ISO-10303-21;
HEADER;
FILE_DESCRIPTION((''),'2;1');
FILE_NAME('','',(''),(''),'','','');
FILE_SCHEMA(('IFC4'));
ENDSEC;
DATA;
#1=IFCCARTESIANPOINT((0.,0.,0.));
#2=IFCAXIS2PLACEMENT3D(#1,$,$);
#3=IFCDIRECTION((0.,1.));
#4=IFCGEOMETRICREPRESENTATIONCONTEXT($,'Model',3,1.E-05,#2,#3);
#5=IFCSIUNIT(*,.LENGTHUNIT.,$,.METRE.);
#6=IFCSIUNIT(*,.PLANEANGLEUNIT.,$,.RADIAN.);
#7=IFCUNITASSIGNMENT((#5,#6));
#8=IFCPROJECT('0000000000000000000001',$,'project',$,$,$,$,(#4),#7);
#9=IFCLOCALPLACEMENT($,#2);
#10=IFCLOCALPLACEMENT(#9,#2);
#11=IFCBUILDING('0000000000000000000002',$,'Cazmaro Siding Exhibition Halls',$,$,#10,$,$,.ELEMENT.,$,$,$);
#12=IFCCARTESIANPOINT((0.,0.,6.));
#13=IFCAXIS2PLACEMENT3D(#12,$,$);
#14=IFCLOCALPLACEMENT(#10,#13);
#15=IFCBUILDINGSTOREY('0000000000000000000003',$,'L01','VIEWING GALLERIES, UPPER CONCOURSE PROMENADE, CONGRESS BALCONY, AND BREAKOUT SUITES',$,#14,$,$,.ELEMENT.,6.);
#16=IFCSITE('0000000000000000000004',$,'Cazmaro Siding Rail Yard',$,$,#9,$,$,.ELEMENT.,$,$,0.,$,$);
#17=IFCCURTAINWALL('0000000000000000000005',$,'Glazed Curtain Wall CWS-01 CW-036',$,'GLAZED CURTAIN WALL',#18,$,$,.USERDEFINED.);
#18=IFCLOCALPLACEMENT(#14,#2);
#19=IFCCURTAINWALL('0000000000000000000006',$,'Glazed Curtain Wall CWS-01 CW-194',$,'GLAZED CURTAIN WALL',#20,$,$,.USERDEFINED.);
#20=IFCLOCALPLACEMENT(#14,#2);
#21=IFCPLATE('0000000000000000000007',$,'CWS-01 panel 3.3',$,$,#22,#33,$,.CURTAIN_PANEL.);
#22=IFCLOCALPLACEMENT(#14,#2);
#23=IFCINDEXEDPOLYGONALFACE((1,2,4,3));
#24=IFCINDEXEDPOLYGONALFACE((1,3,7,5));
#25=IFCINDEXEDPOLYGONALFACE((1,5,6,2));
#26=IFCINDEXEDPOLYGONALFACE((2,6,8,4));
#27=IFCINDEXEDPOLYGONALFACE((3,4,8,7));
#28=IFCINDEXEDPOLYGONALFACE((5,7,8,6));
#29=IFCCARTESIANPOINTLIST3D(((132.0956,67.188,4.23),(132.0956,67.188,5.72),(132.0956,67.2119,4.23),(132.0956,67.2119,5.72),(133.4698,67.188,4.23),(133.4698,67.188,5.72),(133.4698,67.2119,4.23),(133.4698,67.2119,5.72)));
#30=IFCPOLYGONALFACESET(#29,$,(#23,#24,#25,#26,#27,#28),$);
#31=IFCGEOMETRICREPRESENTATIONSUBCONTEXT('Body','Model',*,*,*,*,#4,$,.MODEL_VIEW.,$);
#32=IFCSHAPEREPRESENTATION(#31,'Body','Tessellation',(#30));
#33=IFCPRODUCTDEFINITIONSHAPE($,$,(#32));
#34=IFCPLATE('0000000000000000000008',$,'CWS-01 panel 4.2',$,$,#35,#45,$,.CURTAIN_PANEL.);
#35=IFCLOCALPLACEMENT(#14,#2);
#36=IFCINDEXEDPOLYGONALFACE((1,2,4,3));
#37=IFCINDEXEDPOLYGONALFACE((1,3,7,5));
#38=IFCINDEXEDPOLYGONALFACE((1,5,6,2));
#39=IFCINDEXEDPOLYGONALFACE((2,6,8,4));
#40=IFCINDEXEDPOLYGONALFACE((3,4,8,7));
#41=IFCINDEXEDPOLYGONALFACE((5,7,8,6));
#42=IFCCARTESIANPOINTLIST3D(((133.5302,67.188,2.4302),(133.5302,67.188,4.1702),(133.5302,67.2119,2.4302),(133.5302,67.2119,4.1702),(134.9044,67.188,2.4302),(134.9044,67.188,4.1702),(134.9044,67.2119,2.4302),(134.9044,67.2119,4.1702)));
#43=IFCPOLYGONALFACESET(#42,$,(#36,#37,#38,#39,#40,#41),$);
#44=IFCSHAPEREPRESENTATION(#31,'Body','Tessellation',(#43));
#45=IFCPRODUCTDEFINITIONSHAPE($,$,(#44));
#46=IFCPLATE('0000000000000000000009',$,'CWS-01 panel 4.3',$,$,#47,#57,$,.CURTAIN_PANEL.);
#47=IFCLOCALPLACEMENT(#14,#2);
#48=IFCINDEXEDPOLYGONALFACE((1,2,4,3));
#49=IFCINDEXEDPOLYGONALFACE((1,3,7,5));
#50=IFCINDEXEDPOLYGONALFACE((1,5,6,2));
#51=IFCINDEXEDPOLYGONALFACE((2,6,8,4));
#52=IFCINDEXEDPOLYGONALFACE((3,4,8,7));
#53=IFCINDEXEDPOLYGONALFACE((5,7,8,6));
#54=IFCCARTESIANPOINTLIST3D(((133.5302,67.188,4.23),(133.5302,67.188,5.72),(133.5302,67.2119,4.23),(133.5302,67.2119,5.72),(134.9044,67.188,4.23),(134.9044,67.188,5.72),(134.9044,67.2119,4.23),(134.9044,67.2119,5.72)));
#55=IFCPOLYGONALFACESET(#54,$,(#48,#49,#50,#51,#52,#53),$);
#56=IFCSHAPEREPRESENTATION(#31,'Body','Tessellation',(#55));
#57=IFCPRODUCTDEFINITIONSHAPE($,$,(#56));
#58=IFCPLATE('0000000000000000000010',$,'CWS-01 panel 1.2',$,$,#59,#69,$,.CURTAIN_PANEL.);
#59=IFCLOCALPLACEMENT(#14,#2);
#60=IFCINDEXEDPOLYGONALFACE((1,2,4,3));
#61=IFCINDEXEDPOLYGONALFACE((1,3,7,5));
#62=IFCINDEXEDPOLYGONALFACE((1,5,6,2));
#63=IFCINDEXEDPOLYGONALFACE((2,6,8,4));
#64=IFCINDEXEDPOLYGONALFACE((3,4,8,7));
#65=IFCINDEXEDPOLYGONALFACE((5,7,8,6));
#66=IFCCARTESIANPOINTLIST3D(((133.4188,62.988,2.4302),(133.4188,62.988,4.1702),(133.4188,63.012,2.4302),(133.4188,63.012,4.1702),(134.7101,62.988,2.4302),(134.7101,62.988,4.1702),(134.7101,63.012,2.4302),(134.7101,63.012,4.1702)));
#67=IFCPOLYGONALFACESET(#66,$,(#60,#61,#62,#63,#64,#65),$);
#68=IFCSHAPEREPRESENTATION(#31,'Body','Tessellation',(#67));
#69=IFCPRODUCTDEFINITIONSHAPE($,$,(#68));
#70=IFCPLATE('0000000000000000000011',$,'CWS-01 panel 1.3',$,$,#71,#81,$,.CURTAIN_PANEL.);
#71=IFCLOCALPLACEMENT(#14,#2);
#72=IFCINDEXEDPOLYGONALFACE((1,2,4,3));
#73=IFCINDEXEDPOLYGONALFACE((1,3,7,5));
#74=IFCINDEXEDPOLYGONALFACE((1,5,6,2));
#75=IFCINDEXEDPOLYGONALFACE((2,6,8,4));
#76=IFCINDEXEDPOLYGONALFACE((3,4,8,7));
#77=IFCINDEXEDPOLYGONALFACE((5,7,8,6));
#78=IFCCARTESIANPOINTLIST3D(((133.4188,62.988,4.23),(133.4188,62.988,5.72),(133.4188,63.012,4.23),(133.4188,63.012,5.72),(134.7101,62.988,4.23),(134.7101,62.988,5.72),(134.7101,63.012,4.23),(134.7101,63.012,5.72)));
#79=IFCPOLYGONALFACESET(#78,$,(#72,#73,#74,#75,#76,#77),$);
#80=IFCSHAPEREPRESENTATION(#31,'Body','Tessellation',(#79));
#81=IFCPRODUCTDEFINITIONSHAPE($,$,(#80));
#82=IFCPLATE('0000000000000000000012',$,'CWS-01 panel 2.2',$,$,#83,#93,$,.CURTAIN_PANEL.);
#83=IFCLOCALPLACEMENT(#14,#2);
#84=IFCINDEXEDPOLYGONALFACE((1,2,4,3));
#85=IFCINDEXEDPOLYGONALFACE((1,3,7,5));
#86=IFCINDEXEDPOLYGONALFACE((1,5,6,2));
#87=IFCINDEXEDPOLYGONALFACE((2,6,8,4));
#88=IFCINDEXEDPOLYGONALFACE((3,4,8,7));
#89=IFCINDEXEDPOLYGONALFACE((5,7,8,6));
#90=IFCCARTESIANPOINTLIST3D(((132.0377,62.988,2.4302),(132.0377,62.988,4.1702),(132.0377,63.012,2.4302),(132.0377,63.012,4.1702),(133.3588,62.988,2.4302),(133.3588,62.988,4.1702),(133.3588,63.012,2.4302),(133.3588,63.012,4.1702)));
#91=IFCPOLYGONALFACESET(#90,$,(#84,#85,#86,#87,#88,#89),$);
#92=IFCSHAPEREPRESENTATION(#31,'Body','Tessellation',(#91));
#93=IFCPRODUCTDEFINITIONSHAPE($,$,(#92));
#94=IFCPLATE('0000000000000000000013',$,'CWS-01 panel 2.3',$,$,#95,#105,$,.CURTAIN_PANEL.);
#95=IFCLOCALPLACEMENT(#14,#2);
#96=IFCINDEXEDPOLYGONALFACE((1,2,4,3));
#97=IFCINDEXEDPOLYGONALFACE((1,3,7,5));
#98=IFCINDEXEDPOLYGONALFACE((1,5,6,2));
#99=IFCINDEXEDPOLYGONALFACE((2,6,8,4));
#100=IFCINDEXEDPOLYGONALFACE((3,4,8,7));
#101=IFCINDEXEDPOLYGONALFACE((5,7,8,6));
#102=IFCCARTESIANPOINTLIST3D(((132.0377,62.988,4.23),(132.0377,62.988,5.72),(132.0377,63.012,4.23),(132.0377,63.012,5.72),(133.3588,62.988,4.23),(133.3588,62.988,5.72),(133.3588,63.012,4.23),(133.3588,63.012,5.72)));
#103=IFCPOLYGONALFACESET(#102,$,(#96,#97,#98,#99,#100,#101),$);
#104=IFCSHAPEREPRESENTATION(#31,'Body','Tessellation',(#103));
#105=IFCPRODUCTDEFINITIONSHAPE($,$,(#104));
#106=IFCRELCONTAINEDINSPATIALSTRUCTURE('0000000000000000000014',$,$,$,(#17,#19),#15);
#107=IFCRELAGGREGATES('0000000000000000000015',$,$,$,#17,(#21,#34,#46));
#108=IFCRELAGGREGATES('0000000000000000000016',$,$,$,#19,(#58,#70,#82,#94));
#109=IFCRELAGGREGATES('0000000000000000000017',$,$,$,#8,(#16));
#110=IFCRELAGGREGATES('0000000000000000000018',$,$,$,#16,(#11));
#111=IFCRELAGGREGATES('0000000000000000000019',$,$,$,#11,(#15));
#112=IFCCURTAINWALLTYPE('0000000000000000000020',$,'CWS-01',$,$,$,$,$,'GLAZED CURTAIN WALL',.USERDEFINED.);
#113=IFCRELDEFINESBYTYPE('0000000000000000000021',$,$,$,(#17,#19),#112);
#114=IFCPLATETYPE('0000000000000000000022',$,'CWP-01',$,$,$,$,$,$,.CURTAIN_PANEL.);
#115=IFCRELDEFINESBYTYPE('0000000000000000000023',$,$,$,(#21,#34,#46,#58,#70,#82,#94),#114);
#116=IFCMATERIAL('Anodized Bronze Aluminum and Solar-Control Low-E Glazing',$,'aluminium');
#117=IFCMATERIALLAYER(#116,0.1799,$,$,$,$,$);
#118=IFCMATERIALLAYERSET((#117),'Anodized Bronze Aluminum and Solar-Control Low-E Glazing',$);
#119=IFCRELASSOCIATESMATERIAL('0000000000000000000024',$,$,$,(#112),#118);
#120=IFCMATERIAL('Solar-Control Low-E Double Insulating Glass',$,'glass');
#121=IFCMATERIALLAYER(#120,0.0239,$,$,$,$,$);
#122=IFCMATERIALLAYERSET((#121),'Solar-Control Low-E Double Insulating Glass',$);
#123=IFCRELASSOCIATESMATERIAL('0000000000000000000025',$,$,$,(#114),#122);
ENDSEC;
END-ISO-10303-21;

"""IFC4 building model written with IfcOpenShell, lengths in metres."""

from ifc_helpers import new_model, si_unit, direction, frame, origin, origin_2d, place, context, subcontext, project, spatial, rectangle, extrude, material, layer, layer_set, type_object, element, aggregate, save


model = new_model("IFC4")

# Units and contexts
model_context = context("Model", 3, precision=1e-05, world=origin(), true_north=direction((0.0, 1.0)))
body_context = subcontext(model_context, "Body", "Model", "MODEL_VIEW")
ifc_project = project(units=[si_unit("LENGTHUNIT", "METRE"), si_unit("PLANEANGLEUNIT", "RADIAN")], contexts=[model_context])

# Site, building, storey
site_placement = place(None, origin())
site = spatial("IfcSite", under=ifc_project, at=site_placement, Name="Cazmaro Siding Rail Yard", CompositionType="ELEMENT", RefElevation=0.0)
building_placement = place(site_placement, origin())
building = spatial("IfcBuilding", under=site, at=building_placement, Name="Cazmaro Siding Exhibition Halls", CompositionType="ELEMENT")
storey_placement = place(building_placement, frame((0.0, 0.0, 6.0)))
storey = spatial("IfcBuildingStorey", under=building, at=storey_placement, Name="L01", Description="VIEWING GALLERIES, UPPER CONCOURSE PROMENADE, CONGRESS BALCONY, AND BREAKOUT SUITES", CompositionType="ELEMENT", Elevation=6.0)

# Curtain walls
ifc_material_1 = material(Name="Anodized Bronze Aluminum and Solar-Control Low-E Glazing", Category="aluminium")
ifc_layer_1 = layer(ifc_material_1, 0.1799)
ifc_layer_set_1 = layer_set([ifc_layer_1], Name="Anodized Bronze Aluminum and Solar-Control Low-E Glazing")
curtain_wall_type = type_object("IfcCurtainWallType", Name="CWS-01", ElementType="GLAZED CURTAIN WALL", PredefinedType="USERDEFINED", material=ifc_layer_set_1)
curtain_wall_1_placement = place(storey_placement, origin())
curtain_wall_1 = element("IfcCurtainWall", 1, at=curtain_wall_1_placement, inside=storey, type_object=curtain_wall_type, Name="Glazed Curtain Wall CWS-01 CW-036", ObjectType="GLAZED CURTAIN WALL", PredefinedType="USERDEFINED")
curtain_wall_2_placement = place(storey_placement, origin())
curtain_wall_2 = element("IfcCurtainWall", 2, at=curtain_wall_2_placement, inside=storey, type_object=curtain_wall_type, Name="Glazed Curtain Wall CWS-01 CW-194", ObjectType="GLAZED CURTAIN WALL", PredefinedType="USERDEFINED")

# Plates
ifc_material_2 = material(Name="Solar-Control Low-E Double Insulating Glass", Category="glass")
ifc_layer_2 = layer(ifc_material_2, 0.0239)
ifc_layer_set_2 = layer_set([ifc_layer_2], Name="Solar-Control Low-E Double Insulating Glass")
plate_type = type_object("IfcPlateType", Name="CWP-01", PredefinedType="CURTAIN_PANEL", material=ifc_layer_set_2)
plate_1_placement = place(storey_placement, frame((132.7827, 67.2, 4.23), z_axis=(0.0, 0.0, 1.0), x_axis=(1.0, 0.0, 0.0)))
plate_1 = element("IfcPlate", 3, at=plate_1_placement, type_object=plate_type, Name="CWS-01 panel 3.3", PredefinedType="CURTAIN_PANEL", context=body_context, shape_type="SweptSolid", body=[
    extrude(rectangle(XDim=1.3743, YDim=0.0239, at=origin_2d()), origin(), (0.0, 0.0, 1.0), 1.49),
])
plate_2_placement = place(storey_placement, frame((134.2173, 67.2, 2.4302), z_axis=(0.0, 0.0, 1.0), x_axis=(1.0, 0.0, 0.0)))
plate_2 = element("IfcPlate", 4, at=plate_2_placement, type_object=plate_type, Name="CWS-01 panel 4.2", PredefinedType="CURTAIN_PANEL", context=body_context, shape_type="SweptSolid", body=[
    extrude(rectangle(XDim=1.3743, YDim=0.0239, at=origin_2d()), origin(), (0.0, 0.0, 1.0), 1.74),
])
plate_3_placement = place(storey_placement, frame((134.2173, 67.2, 4.23), z_axis=(0.0, 0.0, 1.0), x_axis=(1.0, 0.0, 0.0)))
plate_3 = element("IfcPlate", 5, at=plate_3_placement, type_object=plate_type, Name="CWS-01 panel 4.3", PredefinedType="CURTAIN_PANEL", context=body_context, shape_type="SweptSolid", body=[
    extrude(rectangle(XDim=1.3743, YDim=0.0239, at=origin_2d()), origin(), (0.0, 0.0, 1.0), 1.49),
])
aggregate(curtain_wall_1, [plate_1, plate_2, plate_3])
plate_4_placement = place(storey_placement, frame((134.0645, 63.0, 2.4302), z_axis=(0.0, 0.0, 1.0), x_axis=(-1.0, 0.0, 0.0)))
plate_4 = element("IfcPlate", 6, at=plate_4_placement, type_object=plate_type, Name="CWS-01 panel 1.2", PredefinedType="CURTAIN_PANEL", context=body_context, shape_type="SweptSolid", body=[
    extrude(rectangle(XDim=1.2913, YDim=0.0239, at=origin_2d()), origin(), (0.0, 0.0, 1.0), 1.74),
])
plate_5_placement = place(storey_placement, frame((134.0645, 63.0, 4.23), z_axis=(0.0, 0.0, 1.0), x_axis=(-1.0, 0.0, 0.0)))
plate_5 = element("IfcPlate", 7, at=plate_5_placement, type_object=plate_type, Name="CWS-01 panel 1.3", PredefinedType="CURTAIN_PANEL", context=body_context, shape_type="SweptSolid", body=[
    extrude(rectangle(XDim=1.2913, YDim=0.0239, at=origin_2d()), origin(), (0.0, 0.0, 1.0), 1.49),
])
plate_6_placement = place(storey_placement, frame((132.6982, 63.0, 2.4302), z_axis=(0.0, 0.0, 1.0), x_axis=(-1.0, 0.0, 0.0)))
plate_6 = element("IfcPlate", 8, at=plate_6_placement, type_object=plate_type, Name="CWS-01 panel 2.2", PredefinedType="CURTAIN_PANEL", context=body_context, shape_type="SweptSolid", body=[
    extrude(rectangle(XDim=1.321, YDim=0.0239, at=origin_2d()), origin(), (0.0, 0.0, 1.0), 1.74),
])
plate_7_placement = place(storey_placement, frame((132.6982, 63.0, 4.23), z_axis=(0.0, 0.0, 1.0), x_axis=(-1.0, 0.0, 0.0)))
plate_7 = element("IfcPlate", 9, at=plate_7_placement, type_object=plate_type, Name="CWS-01 panel 2.3", PredefinedType="CURTAIN_PANEL", context=body_context, shape_type="SweptSolid", body=[
    extrude(rectangle(XDim=1.321, YDim=0.0239, at=origin_2d()), origin(), (0.0, 0.0, 1.0), 1.49),
])
aggregate(curtain_wall_2, [plate_4, plate_5, plate_6, plate_7])

save(model, "model.ifc")
